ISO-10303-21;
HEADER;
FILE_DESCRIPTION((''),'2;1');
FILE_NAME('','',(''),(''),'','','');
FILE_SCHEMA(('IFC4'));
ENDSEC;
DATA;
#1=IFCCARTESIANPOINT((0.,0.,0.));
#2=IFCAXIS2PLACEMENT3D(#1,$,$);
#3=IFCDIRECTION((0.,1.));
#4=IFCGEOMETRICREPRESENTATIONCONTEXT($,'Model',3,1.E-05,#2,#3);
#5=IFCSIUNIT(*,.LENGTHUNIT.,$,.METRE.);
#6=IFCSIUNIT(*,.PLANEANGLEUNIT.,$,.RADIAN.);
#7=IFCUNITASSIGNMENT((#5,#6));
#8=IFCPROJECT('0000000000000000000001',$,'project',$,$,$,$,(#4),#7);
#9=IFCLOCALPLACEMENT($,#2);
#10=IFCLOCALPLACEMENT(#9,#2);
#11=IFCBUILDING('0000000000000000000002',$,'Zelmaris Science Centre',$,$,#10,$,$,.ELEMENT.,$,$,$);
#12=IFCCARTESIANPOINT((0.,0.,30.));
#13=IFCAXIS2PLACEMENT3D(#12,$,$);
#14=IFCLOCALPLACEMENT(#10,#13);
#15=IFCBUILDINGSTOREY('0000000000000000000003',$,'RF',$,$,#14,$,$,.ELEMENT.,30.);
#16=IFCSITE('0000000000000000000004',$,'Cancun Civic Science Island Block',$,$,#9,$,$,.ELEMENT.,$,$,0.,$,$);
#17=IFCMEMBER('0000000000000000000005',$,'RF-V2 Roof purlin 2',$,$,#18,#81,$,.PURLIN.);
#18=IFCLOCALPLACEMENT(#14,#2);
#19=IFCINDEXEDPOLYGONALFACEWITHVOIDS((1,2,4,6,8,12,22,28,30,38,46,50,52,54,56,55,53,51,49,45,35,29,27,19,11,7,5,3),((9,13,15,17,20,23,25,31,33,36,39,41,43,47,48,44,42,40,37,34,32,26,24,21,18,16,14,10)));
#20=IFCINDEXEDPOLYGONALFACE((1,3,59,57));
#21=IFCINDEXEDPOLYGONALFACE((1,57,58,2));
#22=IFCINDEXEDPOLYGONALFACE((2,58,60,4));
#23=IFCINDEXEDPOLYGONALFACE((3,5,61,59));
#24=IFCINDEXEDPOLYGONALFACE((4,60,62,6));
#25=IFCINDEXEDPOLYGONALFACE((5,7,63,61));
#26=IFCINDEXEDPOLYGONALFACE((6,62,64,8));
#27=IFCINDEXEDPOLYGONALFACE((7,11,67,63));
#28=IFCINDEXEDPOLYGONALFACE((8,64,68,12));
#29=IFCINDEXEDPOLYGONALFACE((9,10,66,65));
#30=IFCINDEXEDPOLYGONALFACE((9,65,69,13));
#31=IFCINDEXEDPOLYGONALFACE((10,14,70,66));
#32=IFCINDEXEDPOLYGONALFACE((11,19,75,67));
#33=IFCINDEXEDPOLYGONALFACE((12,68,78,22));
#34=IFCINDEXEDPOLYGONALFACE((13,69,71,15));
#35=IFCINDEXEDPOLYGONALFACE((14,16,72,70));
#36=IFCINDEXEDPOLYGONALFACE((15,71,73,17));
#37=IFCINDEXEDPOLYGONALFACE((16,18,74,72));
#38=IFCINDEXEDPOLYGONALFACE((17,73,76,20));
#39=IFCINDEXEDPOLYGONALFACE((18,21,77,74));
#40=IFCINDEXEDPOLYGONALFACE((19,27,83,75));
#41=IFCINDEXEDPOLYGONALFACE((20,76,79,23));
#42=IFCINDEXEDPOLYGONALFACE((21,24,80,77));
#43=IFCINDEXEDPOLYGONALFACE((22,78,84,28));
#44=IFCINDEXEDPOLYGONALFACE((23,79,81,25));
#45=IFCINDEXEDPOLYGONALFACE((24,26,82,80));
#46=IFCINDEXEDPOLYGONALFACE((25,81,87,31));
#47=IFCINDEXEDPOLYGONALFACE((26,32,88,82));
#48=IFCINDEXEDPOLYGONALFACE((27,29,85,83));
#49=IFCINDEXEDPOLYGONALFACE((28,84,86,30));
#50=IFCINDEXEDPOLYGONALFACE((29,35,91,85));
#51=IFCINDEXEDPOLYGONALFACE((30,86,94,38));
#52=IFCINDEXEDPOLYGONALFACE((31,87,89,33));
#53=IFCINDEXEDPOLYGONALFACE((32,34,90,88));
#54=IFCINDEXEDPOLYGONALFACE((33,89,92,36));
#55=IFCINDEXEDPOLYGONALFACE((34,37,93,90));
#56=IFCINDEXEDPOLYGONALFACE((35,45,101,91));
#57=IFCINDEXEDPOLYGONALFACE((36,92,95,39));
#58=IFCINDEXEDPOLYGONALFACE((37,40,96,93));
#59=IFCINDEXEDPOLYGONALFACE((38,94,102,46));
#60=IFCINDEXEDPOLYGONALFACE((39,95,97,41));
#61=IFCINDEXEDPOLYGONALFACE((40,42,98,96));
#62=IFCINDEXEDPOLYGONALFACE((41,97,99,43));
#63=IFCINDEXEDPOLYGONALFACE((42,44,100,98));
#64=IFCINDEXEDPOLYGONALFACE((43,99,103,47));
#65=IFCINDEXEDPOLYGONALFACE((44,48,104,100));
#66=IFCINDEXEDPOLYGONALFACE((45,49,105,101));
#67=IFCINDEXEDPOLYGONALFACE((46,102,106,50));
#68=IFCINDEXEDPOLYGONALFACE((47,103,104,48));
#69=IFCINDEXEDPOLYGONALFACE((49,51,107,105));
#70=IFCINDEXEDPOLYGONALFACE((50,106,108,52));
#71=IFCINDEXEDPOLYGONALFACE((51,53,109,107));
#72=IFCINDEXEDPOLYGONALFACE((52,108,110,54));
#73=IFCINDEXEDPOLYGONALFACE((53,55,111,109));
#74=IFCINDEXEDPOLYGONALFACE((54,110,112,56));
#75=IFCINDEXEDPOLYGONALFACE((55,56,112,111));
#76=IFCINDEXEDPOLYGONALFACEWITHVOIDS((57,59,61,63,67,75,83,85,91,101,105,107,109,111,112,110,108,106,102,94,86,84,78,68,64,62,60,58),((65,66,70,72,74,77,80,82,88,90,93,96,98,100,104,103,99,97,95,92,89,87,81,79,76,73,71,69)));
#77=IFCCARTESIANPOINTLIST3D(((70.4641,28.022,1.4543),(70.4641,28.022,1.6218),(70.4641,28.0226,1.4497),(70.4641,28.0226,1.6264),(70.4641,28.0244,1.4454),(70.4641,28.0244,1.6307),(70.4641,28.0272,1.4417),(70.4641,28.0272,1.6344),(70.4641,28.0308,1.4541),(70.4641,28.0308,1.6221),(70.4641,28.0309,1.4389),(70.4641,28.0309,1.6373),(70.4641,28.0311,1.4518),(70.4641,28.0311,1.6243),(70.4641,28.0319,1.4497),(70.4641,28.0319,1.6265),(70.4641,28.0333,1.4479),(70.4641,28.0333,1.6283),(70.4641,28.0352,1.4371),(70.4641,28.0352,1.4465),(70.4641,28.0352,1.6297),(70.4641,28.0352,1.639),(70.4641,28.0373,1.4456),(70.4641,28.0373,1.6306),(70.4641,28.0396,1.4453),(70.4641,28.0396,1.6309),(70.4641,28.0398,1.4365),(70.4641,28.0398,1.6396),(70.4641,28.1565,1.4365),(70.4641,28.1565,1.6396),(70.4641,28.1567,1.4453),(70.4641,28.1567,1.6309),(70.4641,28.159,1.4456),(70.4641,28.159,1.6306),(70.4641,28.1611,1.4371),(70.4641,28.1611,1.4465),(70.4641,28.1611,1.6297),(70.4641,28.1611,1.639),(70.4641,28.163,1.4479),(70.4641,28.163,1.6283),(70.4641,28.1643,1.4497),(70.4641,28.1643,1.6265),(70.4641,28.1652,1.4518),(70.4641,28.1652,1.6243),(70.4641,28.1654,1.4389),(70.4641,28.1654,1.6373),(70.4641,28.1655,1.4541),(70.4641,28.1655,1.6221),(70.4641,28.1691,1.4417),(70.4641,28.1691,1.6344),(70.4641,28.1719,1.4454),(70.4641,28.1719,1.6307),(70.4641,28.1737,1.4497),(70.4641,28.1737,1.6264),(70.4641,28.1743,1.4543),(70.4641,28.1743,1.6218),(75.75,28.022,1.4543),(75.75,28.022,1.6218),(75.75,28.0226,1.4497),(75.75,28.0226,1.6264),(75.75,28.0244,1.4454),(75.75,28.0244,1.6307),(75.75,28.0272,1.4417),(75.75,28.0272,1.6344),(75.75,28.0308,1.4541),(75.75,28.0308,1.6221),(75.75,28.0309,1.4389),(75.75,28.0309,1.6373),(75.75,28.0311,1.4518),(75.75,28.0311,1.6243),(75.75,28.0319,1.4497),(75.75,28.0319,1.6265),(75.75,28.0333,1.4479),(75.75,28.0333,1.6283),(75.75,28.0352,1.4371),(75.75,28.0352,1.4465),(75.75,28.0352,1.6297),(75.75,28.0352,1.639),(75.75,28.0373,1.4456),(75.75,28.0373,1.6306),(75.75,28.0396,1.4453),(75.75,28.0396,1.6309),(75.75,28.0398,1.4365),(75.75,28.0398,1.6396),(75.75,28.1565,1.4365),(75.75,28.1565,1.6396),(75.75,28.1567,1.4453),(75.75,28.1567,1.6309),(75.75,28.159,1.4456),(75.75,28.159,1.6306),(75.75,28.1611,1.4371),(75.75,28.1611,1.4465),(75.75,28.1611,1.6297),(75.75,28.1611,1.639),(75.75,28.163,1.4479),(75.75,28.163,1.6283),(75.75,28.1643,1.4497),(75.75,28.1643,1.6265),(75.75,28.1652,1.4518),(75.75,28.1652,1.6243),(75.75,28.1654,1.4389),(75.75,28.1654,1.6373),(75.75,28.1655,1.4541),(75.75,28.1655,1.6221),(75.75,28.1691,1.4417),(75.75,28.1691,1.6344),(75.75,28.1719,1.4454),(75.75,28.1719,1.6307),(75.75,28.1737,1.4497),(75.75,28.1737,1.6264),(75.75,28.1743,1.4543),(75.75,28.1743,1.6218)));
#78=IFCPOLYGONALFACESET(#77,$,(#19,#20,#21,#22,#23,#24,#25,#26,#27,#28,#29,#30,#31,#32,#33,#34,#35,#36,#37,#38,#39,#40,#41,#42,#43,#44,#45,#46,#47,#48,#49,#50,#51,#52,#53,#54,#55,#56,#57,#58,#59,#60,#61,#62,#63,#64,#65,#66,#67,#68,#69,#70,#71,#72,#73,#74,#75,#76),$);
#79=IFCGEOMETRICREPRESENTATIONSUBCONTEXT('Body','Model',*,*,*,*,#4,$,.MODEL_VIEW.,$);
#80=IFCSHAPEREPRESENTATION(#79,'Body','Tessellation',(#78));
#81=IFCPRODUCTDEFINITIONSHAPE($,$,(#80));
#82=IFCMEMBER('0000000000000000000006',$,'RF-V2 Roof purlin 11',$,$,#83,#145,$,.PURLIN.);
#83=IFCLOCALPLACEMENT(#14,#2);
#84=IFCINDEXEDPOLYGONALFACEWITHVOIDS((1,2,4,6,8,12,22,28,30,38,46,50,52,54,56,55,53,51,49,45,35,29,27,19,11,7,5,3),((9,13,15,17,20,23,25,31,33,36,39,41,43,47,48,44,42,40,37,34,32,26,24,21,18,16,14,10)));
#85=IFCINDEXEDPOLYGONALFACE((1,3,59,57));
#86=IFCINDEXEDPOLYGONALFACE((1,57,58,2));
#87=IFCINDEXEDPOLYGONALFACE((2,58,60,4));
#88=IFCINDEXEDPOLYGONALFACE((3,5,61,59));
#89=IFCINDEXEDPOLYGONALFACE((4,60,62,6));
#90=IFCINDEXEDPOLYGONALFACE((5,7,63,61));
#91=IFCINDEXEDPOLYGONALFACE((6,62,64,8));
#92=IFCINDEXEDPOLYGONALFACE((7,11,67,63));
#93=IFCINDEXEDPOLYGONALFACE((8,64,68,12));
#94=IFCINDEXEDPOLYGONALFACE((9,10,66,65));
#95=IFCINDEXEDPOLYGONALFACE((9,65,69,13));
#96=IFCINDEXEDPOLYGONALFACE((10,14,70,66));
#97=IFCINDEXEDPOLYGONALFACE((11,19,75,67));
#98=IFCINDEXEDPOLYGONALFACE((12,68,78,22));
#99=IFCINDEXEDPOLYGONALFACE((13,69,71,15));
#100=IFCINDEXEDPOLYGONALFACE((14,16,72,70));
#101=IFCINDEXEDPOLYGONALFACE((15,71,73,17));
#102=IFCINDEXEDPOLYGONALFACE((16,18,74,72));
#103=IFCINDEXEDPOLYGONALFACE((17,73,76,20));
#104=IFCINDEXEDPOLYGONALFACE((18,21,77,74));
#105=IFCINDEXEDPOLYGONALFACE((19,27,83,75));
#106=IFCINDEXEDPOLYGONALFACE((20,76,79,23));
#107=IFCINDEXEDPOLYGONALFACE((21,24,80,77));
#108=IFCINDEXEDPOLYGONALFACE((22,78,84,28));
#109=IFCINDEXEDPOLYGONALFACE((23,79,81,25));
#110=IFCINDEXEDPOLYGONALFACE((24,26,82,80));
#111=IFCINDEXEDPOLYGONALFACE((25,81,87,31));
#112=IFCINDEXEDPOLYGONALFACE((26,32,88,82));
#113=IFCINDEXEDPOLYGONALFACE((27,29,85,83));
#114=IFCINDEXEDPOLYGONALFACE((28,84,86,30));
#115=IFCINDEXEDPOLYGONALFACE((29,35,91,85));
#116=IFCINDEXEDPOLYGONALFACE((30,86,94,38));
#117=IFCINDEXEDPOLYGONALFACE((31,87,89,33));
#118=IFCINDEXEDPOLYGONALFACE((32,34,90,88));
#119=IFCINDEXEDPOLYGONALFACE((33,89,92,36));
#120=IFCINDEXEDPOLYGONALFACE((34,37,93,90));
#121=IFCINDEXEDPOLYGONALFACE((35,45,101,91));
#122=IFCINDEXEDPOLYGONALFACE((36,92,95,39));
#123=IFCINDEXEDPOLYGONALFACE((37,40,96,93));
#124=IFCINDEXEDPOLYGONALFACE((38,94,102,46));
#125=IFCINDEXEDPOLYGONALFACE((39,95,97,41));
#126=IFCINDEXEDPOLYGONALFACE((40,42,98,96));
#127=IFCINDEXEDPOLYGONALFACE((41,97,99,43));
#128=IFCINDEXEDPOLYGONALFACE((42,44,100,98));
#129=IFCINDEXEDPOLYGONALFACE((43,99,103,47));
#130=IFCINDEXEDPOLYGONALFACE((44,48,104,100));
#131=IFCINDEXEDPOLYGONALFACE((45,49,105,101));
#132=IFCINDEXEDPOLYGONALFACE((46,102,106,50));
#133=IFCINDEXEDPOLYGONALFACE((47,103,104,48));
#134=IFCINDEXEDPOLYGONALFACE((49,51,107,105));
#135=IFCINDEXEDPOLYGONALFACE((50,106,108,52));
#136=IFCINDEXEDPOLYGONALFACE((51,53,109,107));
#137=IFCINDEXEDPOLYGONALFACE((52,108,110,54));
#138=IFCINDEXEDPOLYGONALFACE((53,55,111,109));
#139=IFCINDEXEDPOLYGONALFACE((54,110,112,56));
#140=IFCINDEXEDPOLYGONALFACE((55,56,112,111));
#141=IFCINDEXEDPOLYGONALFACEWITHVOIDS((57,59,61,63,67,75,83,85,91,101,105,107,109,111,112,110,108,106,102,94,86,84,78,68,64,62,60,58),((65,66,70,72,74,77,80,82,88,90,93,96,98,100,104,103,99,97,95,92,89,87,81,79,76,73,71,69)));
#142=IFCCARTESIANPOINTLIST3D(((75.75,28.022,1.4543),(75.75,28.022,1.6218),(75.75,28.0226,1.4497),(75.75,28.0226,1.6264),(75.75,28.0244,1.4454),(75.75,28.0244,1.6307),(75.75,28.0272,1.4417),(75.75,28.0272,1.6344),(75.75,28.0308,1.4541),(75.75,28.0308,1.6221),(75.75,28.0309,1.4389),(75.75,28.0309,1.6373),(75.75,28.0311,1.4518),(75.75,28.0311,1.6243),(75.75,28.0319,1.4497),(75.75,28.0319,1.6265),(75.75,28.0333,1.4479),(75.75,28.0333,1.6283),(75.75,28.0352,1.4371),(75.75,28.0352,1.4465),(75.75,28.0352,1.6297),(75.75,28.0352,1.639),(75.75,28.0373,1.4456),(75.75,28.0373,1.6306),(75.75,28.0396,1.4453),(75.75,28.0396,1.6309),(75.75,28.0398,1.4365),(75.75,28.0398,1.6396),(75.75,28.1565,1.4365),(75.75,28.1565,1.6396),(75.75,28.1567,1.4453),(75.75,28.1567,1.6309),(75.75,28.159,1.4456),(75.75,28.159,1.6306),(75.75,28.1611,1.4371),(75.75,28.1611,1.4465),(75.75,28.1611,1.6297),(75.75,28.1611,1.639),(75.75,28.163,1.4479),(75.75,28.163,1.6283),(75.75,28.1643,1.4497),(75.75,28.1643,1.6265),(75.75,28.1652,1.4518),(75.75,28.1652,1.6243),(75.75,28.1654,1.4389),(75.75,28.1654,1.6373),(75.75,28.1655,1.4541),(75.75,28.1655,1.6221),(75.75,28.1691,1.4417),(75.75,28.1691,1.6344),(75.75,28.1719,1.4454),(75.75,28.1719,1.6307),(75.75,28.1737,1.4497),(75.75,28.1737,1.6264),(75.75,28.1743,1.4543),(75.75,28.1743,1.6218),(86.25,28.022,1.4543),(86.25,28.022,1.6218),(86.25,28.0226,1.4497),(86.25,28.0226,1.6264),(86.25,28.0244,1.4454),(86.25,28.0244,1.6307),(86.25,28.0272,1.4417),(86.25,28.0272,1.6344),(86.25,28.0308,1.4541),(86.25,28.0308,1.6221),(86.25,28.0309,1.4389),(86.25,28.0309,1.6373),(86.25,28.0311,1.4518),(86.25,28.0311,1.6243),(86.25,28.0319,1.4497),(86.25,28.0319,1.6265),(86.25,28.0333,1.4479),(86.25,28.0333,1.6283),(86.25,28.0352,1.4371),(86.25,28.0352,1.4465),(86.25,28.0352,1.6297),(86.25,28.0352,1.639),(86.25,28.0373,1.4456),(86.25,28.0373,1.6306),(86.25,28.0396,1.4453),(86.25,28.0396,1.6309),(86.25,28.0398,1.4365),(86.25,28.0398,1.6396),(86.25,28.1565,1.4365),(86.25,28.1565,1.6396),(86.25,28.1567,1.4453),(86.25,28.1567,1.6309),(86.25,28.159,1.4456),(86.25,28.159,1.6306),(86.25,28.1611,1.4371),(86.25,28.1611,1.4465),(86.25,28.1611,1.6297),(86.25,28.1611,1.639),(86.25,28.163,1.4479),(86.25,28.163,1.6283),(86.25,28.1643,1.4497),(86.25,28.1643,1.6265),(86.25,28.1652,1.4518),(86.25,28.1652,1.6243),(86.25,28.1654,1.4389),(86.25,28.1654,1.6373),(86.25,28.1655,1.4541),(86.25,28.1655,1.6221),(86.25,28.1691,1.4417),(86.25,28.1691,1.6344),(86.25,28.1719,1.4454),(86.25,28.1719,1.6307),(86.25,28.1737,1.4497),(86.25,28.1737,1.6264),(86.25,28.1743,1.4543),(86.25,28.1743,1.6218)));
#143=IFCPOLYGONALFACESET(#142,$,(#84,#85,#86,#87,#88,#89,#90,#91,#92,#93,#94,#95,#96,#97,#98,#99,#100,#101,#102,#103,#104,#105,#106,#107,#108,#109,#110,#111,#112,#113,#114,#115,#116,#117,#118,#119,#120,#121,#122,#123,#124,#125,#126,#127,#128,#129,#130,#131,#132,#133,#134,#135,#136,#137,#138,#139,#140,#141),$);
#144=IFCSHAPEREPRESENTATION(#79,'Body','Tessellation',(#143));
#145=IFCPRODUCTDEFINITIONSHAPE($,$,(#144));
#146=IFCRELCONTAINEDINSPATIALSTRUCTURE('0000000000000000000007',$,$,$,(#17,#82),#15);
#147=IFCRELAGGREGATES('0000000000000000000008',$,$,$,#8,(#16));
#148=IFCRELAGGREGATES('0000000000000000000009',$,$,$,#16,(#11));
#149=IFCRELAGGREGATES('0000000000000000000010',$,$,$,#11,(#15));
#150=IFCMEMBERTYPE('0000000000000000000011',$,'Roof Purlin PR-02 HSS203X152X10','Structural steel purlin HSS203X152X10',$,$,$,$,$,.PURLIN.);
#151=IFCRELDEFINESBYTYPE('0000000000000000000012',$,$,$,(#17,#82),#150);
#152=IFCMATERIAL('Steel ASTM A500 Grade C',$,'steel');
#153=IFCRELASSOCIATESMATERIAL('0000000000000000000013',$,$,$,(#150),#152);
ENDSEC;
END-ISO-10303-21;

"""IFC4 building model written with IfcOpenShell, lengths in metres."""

from ifc_helpers import new_model, si_unit, direction, frame, origin, origin_2d, place, context, subcontext, project, spatial, hollow_rectangle, extrude, material, material_profile, profile_set, type_object, element, save


model = new_model("IFC4")

# Units and contexts
model_context = context("Model", 3, precision=1e-05, world=origin(), true_north=direction((0.0, 1.0)))
body_context = subcontext(model_context, "Body", "Model", "MODEL_VIEW")
ifc_project = project(units=[si_unit("LENGTHUNIT", "METRE"), si_unit("PLANEANGLEUNIT", "RADIAN")], contexts=[model_context])

# Site, building, storey
site_placement = place(None, origin())
site = spatial("IfcSite", under=ifc_project, at=site_placement, Name="Cancun Civic Science Island Block", CompositionType="ELEMENT", RefElevation=0.0)
building_placement = place(site_placement, origin())
building = spatial("IfcBuilding", under=site, at=building_placement, Name="Zelmaris Science Centre", CompositionType="ELEMENT")
storey_placement = place(building_placement, frame((0.0, 0.0, 30.0)))
storey = spatial("IfcBuildingStorey", under=building, at=storey_placement, Name="RF", CompositionType="ELEMENT", Elevation=30.0)

# Shared definitions
ifc_material_1 = material(Name="Steel ASTM A500 Grade C", Category="steel")

# Members
ifc_material_profile_1 = material_profile(ifc_material_1, hollow_rectangle(XDim=0.1523, YDim=0.2031, WallThickness=0.0088, InnerFilletRadius=0.0088, OuterFilletRadius=0.0178, at=origin_2d()), Name="HSS203X152X10")
ifc_profile_set_1 = profile_set([ifc_material_profile_1], Name="Steel ASTM A500 Grade C")
member_type_1 = type_object("IfcMemberType", Name="Roof Purlin PR-02 HSS203X152X10", Description="Structural steel purlin HSS203X152X10", PredefinedType="PURLIN", material=ifc_profile_set_1)
member_1_placement = place(storey_placement, frame((70.4641, 28.0981, 1.5381), z_axis=(1.0, 0.0, 0.0), x_axis=(0.0, 1.0, 0.0)))
element("IfcMember", 1, at=member_1_placement, inside=storey, type_object=member_type_1, Name="RF-V2 Roof purlin 2", PredefinedType="PURLIN", context=body_context, shape_type="SweptSolid", body=[
    extrude(hollow_rectangle(XDim=0.1523, YDim=0.2031, WallThickness=0.0088, InnerFilletRadius=0.0088, OuterFilletRadius=0.0178, at=origin_2d()), origin(), (0.0, 0.0, 1.0), 5.2859),
])
member_2_placement = place(storey_placement, frame((75.75, 28.0981, 1.5381), z_axis=(1.0, 0.0, 0.0), x_axis=(0.0, 1.0, 0.0)))
element("IfcMember", 2, at=member_2_placement, inside=storey, type_object=member_type_1, Name="RF-V2 Roof purlin 11", PredefinedType="PURLIN", context=body_context, shape_type="SweptSolid", body=[
    extrude(hollow_rectangle(XDim=0.1523, YDim=0.2031, WallThickness=0.0088, InnerFilletRadius=0.0088, OuterFilletRadius=0.0178, at=origin_2d()), origin(), (0.0, 0.0, 1.0), 10.5),
])

save(model, "model.ifc")
